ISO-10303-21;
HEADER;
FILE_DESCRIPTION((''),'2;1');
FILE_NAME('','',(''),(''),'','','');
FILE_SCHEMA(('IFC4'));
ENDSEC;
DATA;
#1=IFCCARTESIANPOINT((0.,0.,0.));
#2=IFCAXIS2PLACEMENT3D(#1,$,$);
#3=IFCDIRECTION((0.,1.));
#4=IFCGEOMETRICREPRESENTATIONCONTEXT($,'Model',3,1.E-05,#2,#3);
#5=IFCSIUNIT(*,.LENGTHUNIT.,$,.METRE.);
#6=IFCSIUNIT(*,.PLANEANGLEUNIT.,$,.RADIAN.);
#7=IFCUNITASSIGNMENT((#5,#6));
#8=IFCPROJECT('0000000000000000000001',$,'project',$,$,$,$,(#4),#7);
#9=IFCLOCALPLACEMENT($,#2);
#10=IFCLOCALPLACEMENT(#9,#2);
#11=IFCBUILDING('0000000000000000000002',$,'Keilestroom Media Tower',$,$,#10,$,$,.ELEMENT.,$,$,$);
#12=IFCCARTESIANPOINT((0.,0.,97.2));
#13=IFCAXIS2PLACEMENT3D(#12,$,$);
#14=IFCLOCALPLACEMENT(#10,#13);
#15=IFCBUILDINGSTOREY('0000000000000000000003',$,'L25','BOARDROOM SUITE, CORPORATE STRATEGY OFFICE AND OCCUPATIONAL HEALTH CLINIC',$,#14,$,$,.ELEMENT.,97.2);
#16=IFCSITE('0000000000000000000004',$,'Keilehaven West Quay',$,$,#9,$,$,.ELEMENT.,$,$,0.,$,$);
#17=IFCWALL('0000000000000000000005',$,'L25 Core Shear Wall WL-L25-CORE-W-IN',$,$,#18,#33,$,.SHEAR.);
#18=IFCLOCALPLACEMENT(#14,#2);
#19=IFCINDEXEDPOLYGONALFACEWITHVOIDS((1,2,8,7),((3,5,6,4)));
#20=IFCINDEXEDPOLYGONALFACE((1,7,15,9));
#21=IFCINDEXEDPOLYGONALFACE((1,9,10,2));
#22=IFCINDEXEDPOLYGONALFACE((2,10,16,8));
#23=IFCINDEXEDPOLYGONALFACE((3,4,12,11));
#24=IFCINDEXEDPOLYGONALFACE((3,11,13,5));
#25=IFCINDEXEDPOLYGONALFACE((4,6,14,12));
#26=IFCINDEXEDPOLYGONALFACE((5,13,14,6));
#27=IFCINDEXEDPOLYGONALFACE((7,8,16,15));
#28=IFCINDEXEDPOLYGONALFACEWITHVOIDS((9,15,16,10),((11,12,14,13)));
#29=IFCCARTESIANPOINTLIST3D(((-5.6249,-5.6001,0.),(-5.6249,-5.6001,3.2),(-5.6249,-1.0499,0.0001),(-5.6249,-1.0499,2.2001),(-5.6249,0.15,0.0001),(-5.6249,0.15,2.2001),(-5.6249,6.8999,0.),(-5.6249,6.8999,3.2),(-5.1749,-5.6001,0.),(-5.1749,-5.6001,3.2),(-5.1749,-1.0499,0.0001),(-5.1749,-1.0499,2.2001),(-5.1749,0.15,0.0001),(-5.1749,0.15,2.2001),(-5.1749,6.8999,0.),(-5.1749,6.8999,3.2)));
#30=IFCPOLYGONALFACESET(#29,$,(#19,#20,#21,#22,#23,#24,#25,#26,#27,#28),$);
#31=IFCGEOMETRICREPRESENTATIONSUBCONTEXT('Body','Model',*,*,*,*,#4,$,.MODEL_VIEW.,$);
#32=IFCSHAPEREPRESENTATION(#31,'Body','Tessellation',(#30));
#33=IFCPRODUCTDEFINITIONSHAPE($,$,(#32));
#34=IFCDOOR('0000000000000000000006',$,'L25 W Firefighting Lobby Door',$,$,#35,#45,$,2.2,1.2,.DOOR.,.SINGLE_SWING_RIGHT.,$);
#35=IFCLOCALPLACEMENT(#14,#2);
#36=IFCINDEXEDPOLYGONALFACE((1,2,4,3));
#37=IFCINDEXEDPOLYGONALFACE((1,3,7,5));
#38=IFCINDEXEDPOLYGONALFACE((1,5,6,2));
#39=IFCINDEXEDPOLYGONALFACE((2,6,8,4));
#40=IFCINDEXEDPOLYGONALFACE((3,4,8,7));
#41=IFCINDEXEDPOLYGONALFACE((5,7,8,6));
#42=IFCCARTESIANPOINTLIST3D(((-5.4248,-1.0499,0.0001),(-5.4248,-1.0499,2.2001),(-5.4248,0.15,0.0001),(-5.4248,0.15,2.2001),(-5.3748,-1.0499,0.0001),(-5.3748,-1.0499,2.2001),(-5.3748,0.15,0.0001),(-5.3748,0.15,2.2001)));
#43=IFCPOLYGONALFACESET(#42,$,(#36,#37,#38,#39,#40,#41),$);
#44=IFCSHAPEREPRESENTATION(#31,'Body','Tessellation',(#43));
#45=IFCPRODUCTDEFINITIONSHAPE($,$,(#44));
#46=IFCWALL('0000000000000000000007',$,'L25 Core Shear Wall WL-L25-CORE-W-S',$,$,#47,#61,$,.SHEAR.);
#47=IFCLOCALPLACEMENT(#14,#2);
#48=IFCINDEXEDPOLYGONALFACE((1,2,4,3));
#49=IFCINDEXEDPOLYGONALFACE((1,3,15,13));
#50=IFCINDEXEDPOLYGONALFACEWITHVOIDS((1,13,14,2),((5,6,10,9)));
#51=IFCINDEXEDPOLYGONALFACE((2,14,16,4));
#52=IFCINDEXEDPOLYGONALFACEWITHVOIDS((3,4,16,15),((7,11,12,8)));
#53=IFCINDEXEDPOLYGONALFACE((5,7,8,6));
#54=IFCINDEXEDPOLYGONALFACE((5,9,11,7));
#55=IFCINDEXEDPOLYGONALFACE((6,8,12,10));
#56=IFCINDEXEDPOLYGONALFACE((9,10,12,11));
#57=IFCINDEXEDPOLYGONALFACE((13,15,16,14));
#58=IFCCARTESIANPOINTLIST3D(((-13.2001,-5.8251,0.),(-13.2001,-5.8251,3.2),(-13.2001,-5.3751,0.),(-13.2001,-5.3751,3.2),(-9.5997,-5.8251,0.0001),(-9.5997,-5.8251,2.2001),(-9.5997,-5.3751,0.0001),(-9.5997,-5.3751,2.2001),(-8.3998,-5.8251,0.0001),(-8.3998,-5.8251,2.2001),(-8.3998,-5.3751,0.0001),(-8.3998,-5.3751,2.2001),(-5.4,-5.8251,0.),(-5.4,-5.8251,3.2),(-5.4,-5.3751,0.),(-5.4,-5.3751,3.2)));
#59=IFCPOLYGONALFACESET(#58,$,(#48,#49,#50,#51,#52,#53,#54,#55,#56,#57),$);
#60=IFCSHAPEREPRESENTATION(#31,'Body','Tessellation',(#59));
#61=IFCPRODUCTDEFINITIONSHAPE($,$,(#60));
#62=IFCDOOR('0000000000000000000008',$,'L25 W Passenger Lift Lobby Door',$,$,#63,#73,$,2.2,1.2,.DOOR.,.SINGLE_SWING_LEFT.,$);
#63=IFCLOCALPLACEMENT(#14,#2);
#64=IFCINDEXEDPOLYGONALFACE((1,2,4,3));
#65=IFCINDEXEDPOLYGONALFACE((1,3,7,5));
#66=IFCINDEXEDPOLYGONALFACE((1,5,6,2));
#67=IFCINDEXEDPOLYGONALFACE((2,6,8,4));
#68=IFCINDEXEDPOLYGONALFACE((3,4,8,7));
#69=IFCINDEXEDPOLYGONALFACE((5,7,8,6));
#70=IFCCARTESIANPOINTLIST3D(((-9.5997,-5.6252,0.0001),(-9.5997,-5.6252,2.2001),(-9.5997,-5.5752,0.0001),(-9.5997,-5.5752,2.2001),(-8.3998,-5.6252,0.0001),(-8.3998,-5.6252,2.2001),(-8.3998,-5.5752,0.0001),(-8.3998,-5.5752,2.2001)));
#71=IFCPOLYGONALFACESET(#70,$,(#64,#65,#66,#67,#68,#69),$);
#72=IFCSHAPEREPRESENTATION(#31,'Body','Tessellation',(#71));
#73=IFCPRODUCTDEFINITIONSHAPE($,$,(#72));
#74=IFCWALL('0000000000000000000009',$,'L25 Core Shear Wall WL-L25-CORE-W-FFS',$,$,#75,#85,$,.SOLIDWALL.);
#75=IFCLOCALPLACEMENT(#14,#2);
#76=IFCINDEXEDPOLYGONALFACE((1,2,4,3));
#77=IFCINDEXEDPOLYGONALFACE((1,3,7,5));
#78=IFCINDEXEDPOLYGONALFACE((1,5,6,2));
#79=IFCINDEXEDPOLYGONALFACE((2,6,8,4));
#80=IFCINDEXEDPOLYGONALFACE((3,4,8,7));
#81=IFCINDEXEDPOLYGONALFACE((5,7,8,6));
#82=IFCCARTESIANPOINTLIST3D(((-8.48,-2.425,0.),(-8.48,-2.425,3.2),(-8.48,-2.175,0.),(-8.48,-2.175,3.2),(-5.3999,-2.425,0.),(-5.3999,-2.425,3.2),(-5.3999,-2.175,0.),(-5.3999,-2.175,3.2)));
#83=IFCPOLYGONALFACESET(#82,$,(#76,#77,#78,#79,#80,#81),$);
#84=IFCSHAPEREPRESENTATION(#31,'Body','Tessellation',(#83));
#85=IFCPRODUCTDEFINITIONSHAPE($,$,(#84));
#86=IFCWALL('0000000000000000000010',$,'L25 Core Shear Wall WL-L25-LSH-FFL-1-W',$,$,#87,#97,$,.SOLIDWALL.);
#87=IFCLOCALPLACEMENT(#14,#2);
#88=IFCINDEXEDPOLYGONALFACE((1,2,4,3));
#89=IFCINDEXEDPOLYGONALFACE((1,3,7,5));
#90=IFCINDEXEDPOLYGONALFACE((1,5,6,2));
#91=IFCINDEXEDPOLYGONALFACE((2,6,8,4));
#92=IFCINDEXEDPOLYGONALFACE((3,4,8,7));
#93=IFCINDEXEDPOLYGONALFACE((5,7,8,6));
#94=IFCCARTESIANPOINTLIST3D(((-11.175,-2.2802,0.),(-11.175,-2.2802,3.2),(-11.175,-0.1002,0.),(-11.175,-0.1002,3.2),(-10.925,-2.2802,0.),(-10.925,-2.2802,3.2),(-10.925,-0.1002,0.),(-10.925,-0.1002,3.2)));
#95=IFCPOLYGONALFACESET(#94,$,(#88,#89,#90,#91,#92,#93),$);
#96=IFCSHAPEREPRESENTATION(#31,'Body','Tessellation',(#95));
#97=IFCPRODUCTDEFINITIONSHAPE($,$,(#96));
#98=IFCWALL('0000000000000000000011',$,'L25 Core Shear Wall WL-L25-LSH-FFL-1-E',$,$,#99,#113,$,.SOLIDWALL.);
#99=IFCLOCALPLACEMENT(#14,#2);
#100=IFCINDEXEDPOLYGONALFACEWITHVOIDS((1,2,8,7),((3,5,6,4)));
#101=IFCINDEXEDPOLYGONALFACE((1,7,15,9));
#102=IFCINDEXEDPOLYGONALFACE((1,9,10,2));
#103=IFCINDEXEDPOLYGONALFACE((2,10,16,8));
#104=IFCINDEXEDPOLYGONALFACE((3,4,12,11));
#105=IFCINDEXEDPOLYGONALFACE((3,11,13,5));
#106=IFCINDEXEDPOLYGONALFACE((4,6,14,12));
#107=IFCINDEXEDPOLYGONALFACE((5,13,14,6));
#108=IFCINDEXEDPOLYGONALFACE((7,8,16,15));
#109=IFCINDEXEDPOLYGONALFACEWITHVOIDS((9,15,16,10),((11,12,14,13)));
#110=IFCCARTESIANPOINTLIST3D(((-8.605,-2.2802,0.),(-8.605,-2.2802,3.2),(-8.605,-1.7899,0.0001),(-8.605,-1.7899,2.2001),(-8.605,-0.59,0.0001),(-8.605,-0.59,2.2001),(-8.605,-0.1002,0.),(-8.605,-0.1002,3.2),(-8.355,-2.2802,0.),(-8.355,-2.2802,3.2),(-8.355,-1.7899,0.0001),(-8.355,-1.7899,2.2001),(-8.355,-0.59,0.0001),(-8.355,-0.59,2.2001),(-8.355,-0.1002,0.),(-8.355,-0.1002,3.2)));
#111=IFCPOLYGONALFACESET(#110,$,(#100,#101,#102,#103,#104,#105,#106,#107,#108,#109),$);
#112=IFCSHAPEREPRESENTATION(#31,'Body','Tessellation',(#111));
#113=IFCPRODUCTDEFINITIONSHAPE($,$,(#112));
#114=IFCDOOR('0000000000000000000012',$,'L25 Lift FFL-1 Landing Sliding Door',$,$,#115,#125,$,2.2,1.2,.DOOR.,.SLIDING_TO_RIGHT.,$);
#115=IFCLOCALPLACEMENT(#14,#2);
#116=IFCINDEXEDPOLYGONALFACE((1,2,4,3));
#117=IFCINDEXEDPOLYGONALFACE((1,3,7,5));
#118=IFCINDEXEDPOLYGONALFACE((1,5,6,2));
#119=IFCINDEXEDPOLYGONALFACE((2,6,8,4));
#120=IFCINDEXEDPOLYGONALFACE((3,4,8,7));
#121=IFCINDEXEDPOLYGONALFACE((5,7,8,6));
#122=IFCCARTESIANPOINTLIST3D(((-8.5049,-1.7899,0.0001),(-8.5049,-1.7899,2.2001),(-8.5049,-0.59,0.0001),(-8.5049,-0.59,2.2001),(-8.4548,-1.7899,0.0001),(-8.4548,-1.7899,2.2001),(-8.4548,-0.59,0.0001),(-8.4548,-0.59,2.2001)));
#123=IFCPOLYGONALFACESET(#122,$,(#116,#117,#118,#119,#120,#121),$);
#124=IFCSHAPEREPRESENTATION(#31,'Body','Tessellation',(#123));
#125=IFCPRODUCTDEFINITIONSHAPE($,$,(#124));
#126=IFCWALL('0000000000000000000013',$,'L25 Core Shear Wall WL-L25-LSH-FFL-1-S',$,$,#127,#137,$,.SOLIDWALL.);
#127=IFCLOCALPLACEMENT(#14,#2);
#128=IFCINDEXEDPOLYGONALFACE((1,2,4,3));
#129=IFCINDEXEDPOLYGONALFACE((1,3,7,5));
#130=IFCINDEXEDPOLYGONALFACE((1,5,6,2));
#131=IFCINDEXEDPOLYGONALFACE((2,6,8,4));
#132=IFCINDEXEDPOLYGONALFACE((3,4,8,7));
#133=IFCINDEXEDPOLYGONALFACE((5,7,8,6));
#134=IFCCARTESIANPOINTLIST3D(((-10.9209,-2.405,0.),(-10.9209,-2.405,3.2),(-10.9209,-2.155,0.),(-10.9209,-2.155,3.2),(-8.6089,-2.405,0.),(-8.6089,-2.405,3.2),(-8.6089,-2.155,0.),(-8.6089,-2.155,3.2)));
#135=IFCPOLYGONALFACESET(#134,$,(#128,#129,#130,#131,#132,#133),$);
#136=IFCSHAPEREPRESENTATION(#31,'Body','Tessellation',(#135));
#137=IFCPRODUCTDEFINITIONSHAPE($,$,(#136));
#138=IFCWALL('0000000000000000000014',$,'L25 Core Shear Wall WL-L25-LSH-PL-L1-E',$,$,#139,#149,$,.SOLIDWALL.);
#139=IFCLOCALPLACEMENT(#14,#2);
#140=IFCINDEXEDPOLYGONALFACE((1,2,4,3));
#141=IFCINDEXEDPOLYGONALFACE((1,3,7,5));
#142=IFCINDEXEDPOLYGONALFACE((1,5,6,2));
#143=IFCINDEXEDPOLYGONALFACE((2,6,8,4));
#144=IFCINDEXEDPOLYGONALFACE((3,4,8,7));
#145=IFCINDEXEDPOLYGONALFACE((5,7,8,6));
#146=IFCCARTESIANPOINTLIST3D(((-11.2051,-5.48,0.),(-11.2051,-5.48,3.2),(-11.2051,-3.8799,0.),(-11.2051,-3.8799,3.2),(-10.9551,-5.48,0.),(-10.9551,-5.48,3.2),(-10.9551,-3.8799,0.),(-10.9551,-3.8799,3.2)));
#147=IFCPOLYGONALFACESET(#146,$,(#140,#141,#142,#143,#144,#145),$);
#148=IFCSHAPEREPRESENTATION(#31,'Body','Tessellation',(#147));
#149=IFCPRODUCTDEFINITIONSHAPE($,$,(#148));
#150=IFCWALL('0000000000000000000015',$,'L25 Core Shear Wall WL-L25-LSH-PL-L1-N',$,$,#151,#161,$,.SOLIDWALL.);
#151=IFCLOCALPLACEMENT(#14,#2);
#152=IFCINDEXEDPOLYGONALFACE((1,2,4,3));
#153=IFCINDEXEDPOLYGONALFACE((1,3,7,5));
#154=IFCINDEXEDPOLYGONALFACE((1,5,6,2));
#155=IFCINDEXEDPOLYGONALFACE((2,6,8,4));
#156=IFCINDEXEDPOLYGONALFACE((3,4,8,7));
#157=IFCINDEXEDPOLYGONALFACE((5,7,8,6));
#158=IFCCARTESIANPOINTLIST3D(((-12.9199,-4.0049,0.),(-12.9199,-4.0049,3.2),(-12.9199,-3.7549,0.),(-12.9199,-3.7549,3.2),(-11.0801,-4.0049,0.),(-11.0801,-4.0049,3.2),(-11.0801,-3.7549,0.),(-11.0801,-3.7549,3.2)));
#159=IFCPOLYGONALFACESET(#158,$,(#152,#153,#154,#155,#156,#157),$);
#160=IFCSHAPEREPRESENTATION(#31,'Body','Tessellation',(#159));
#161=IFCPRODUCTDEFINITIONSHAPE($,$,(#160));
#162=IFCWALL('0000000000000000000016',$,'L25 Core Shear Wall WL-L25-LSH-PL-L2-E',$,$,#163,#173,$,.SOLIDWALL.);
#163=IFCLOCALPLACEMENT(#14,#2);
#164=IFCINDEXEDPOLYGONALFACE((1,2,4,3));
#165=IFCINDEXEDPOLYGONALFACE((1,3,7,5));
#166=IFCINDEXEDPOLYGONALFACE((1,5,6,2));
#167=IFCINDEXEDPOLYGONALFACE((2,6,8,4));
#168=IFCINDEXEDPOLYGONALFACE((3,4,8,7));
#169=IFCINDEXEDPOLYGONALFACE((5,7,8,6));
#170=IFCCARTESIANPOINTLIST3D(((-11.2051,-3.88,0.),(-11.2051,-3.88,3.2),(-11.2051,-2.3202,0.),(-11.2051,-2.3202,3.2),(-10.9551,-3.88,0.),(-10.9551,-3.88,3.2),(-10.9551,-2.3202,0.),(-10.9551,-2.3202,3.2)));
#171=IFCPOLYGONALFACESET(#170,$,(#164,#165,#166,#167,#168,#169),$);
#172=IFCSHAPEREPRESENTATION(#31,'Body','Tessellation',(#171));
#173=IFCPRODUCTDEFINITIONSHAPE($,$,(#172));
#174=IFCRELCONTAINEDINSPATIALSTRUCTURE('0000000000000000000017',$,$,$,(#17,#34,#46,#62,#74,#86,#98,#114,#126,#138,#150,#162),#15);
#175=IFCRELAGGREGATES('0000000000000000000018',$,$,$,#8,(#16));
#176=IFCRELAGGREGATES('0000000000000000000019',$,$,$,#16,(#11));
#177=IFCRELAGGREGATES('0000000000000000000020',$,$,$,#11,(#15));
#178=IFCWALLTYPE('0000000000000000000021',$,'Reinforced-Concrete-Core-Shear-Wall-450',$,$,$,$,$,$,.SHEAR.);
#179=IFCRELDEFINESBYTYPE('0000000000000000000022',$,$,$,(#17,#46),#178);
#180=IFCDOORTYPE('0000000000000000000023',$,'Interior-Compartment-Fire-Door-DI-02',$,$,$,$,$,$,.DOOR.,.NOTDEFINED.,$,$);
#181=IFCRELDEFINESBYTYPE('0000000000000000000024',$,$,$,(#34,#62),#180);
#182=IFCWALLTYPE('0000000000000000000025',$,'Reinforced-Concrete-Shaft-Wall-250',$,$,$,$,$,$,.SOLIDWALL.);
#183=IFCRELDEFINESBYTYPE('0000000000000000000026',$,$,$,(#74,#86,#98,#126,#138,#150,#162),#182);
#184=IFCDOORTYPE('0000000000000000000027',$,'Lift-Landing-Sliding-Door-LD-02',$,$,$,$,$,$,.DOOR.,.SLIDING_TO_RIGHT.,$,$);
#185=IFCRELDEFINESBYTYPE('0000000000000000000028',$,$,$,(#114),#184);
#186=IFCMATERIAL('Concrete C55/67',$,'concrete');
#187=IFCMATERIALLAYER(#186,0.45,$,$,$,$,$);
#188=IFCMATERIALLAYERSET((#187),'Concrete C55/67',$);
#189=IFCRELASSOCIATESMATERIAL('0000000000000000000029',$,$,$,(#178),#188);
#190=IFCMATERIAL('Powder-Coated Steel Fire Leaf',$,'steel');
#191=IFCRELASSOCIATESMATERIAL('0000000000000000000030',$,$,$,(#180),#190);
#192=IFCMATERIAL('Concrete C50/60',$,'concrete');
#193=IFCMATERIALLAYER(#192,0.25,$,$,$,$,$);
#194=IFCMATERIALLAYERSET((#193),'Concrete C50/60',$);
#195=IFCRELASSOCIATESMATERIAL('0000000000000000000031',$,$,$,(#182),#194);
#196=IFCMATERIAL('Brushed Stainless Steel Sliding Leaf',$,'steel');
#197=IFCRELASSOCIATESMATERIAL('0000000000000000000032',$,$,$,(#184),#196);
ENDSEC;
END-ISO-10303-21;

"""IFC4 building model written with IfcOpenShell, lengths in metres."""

from ifc_helpers import new_model, si_unit, direction, frame, frame_2d, origin, place, context, subcontext, project, spatial, rectangle, extrude, source, transform, mapped, material, layer, layer_set, type_object, element, fill, save


model = new_model("IFC4")

# Units and contexts
model_context = context("Model", 3, precision=1e-05, world=origin(), true_north=direction((0.0, 1.0)))
body_context = subcontext(model_context, "Body", "Model", "MODEL_VIEW")
ifc_project = project(units=[si_unit("LENGTHUNIT", "METRE"), si_unit("PLANEANGLEUNIT", "RADIAN")], contexts=[model_context])

# Site, building, storey
site_placement = place(None, origin())
site = spatial("IfcSite", under=ifc_project, at=site_placement, Name="Keilehaven West Quay", CompositionType="ELEMENT", RefElevation=0.0)
building_placement = place(site_placement, origin())
building = spatial("IfcBuilding", under=site, at=building_placement, Name="Keilestroom Media Tower", CompositionType="ELEMENT")
storey_placement = place(building_placement, frame((0.0, 0.0, 97.2)))
storey = spatial("IfcBuildingStorey", under=building, at=storey_placement, Name="L25", Description="BOARDROOM SUITE, CORPORATE STRATEGY OFFICE AND OCCUPATIONAL HEALTH CLINIC", CompositionType="ELEMENT", Elevation=97.2)

# Shared definitions
ifc_material_1 = material(Name="Concrete C55/67", Category="concrete")
ifc_layer_1 = layer(ifc_material_1, 0.45)
ifc_layer_set_1 = layer_set([ifc_layer_1], Name="Concrete C55/67")
wall_type_1 = type_object("IfcWallType", Name="Reinforced-Concrete-Core-Shear-Wall-450", PredefinedType="SHEAR", material=ifc_layer_set_1)

# Walls, openings, doors
wall_1_placement = place(storey_placement, frame((-5.3999, -5.6001, 0.0), z_axis=(0.0, 0.0, 1.0), x_axis=(0.0, 1.0, 0.0)))
wall_1 = element("IfcWall", 1, at=wall_1_placement, inside=storey, type_object=wall_type_1, Name="L25 Core Shear Wall WL-L25-CORE-W-IN", PredefinedType="SHEAR", context=body_context, shape_type="SweptSolid", body=[
    extrude(rectangle(XDim=12.5, YDim=0.45, at=frame_2d((6.25, 0.0))), origin(), (0.0, 0.0, 1.0), 3.2),
])
opening_1_placement = place(wall_1_placement, frame((4.55, 0.0, 0.0)))
opening_1 = element("IfcOpeningElement", 2, at=opening_1_placement, cuts=wall_1, PredefinedType="OPENING", context=body_context, shape_type="SweptSolid", body=[
    extrude(rectangle(XDim=1.2, YDim=2.2, at=frame_2d((0.6001, 1.1001))), frame((0.0, 0.2349, 0.0), z_axis=(0.0, -1.0, 0.0), x_axis=(1.0, 0.0, 0.0)), (0.0, 0.0, 1.0), 0.47),
])
ifc_material_2 = material(Name="Powder-Coated Steel Fire Leaf", Category="steel")
door_type_1 = type_object("IfcDoorType", Name="Interior-Compartment-Fire-Door-DI-02", OperationType="NOTDEFINED", PredefinedType="DOOR", material=ifc_material_2)
shared_shape_1 = source(origin(), body_context, "Body", "SweptSolid", [
    extrude(rectangle(XDim=1.2, YDim=2.2, at=frame_2d((0.6001, 1.1001))), frame((0.0, 0.0249, 0.0), z_axis=(0.0, -1.0, 0.0), x_axis=(1.0, 0.0, 0.0)), (0.0, 0.0, 1.0), 0.05),
])
door_1_placement = place(opening_1_placement, origin())
door_1 = element("IfcDoor", 3, at=door_1_placement, inside=storey, type_object=door_type_1, Name="L25 W Firefighting Lobby Door", OperationType="SINGLE_SWING_RIGHT", OverallHeight=2.2, OverallWidth=1.2, PredefinedType="DOOR", context=body_context, shape_type="MappedRepresentation", body=[
    mapped(shared_shape_1, transform((0.0, 0.0, 0.0), x_axis=(1.0, 0.0, 0.0), y_axis=(0.0, 1.0, 0.0), z_axis=(0.0, 0.0, 1.0), scale=1.0)),
])
fill(opening_1, door_1)
wall_2_placement = place(storey_placement, frame((-13.2, -5.6001, 0.0), z_axis=(0.0, 0.0, 1.0), x_axis=(1.0, 0.0, 0.0)))
wall_2 = element("IfcWall", 4, at=wall_2_placement, inside=storey, type_object=wall_type_1, Name="L25 Core Shear Wall WL-L25-CORE-W-S", PredefinedType="SHEAR", context=body_context, shape_type="SweptSolid", body=[
    extrude(rectangle(XDim=7.8, YDim=0.45, at=frame_2d((3.8999, 0.0))), origin(), (0.0, 0.0, 1.0), 3.2),
])
opening_2_placement = place(wall_2_placement, frame((3.6001, 0.0, 0.0)))
opening_2 = element("IfcOpeningElement", 5, at=opening_2_placement, cuts=wall_2, PredefinedType="OPENING", context=body_context, shape_type="SweptSolid", body=[
    extrude(rectangle(XDim=1.2, YDim=2.2, at=frame_2d((0.6001, 1.1001))), frame((0.0, 0.2349, 0.0), z_axis=(0.0, -1.0, 0.0), x_axis=(1.0, 0.0, 0.0)), (0.0, 0.0, 1.0), 0.47),
])
door_2_placement = place(opening_2_placement, origin())
door_2 = element("IfcDoor", 6, at=door_2_placement, inside=storey, type_object=door_type_1, Name="L25 W Passenger Lift Lobby Door", OperationType="SINGLE_SWING_LEFT", OverallHeight=2.2, OverallWidth=1.2, PredefinedType="DOOR", context=body_context, shape_type="MappedRepresentation", body=[
    mapped(shared_shape_1, transform((0.0, 0.0, 0.0), x_axis=(1.0, 0.0, 0.0), y_axis=(0.0, 1.0, 0.0), z_axis=(0.0, 0.0, 1.0), scale=1.0)),
])
fill(opening_2, door_2)

# Walls
ifc_material_3 = material(Name="Concrete C50/60", Category="concrete")
ifc_layer_2 = layer(ifc_material_3, 0.25)
ifc_layer_set_2 = layer_set([ifc_layer_2], Name="Concrete C50/60")
wall_type_2 = type_object("IfcWallType", Name="Reinforced-Concrete-Shaft-Wall-250", PredefinedType="SOLIDWALL", material=ifc_layer_set_2)
wall_3_placement = place(storey_placement, frame((-8.48, -2.3, 0.0), z_axis=(0.0, 0.0, 1.0), x_axis=(1.0, 0.0, 0.0)))
element("IfcWall", 7, at=wall_3_placement, inside=storey, type_object=wall_type_2, Name="L25 Core Shear Wall WL-L25-CORE-W-FFS", PredefinedType="SOLIDWALL", context=body_context, shape_type="SweptSolid", body=[
    extrude(rectangle(XDim=3.0801, YDim=0.25, at=frame_2d((1.54, 0.0))), origin(), (0.0, 0.0, 1.0), 3.2),
])
wall_4_placement = place(storey_placement, frame((-11.05, -2.28, 0.0), z_axis=(0.0, 0.0, 1.0), x_axis=(0.0, 1.0, 0.0)))
element("IfcWall", 8, at=wall_4_placement, inside=storey, type_object=wall_type_2, Name="L25 Core Shear Wall WL-L25-LSH-FFL-1-W", PredefinedType="SOLIDWALL", context=body_context, shape_type="SweptSolid", body=[
    extrude(rectangle(XDim=2.1799, YDim=0.25, at=frame_2d((1.0898, 0.0))), origin(), (0.0, 0.0, 1.0), 3.2),
])

# Wall, opening, door
wall_5_placement = place(storey_placement, frame((-8.48, -2.28, 0.0), z_axis=(0.0, 0.0, 1.0), x_axis=(0.0, 1.0, 0.0)))
wall_5 = element("IfcWall", 9, at=wall_5_placement, inside=storey, type_object=wall_type_2, Name="L25 Core Shear Wall WL-L25-LSH-FFL-1-E", PredefinedType="SOLIDWALL", context=body_context, shape_type="SweptSolid", body=[
    extrude(rectangle(XDim=2.1799, YDim=0.25, at=frame_2d((1.0898, 0.0))), origin(), (0.0, 0.0, 1.0), 3.2),
])
opening_3_placement = place(wall_5_placement, frame((0.49, 0.0, 0.0)))
opening_3 = element("IfcOpeningElement", 10, at=opening_3_placement, cuts=wall_5, PredefinedType="OPENING", context=body_context, shape_type="SweptSolid", body=[
    extrude(rectangle(XDim=1.2, YDim=2.2, at=frame_2d((0.6001, 1.1001))), frame((0.0, 0.135, 0.0), z_axis=(0.0, -1.0, 0.0), x_axis=(1.0, 0.0, 0.0)), (0.0, 0.0, 1.0), 0.27),
])
ifc_material_4 = material(Name="Brushed Stainless Steel Sliding Leaf", Category="steel")
door_type_2 = type_object("IfcDoorType", Name="Lift-Landing-Sliding-Door-LD-02", OperationType="SLIDING_TO_RIGHT", PredefinedType="DOOR", material=ifc_material_4)
door_3_placement = place(opening_3_placement, origin())
door_3 = element("IfcDoor", 11, at=door_3_placement, inside=storey, type_object=door_type_2, Name="L25 Lift FFL-1 Landing Sliding Door", OperationType="SLIDING_TO_RIGHT", OverallHeight=2.2, OverallWidth=1.2, PredefinedType="DOOR", context=body_context, shape_type="MappedRepresentation", body=[
    mapped(shared_shape_1, transform((0.0, 0.0, 0.0), x_axis=(1.0, 0.0, 0.0), y_axis=(0.0, 1.0, 0.0), z_axis=(0.0, 0.0, 1.0), scale=1.0)),
])
fill(opening_3, door_3)

# Walls
wall_6_placement = place(storey_placement, frame((-10.9209, -2.28, 0.0), z_axis=(0.0, 0.0, 1.0), x_axis=(1.0, 0.0, 0.0)))
element("IfcWall", 12, at=wall_6_placement, inside=storey, type_object=wall_type_2, Name="L25 Core Shear Wall WL-L25-LSH-FFL-1-S", PredefinedType="SOLIDWALL", context=body_context, shape_type="SweptSolid", body=[
    extrude(rectangle(XDim=2.312, YDim=0.25, at=frame_2d((1.156, 0.0))), origin(), (0.0, 0.0, 1.0), 3.2),
])
wall_7_placement = place(storey_placement, frame((-11.0801, -5.48, 0.0), z_axis=(0.0, 0.0, 1.0), x_axis=(0.0, 1.0, 0.0)))
element("IfcWall", 13, at=wall_7_placement, inside=storey, type_object=wall_type_2, Name="L25 Core Shear Wall WL-L25-LSH-PL-L1-E", PredefinedType="SOLIDWALL", context=body_context, shape_type="SweptSolid", body=[
    extrude(rectangle(XDim=1.6001, YDim=0.25, at=frame_2d((0.8, 0.0))), origin(), (0.0, 0.0, 1.0), 3.2),
])
wall_8_placement = place(storey_placement, frame((-12.9199, -3.8799, 0.0), z_axis=(0.0, 0.0, 1.0), x_axis=(1.0, 0.0, 0.0)))
element("IfcWall", 14, at=wall_8_placement, inside=storey, type_object=wall_type_2, Name="L25 Core Shear Wall WL-L25-LSH-PL-L1-N", PredefinedType="SOLIDWALL", context=body_context, shape_type="SweptSolid", body=[
    extrude(rectangle(XDim=1.8398, YDim=0.25, at=frame_2d((0.9199, 0.0))), origin(), (0.0, 0.0, 1.0), 3.2),
])
wall_9_placement = place(storey_placement, frame((-11.0801, -3.8799, 0.0), z_axis=(0.0, 0.0, 1.0), x_axis=(0.0, 1.0, 0.0)))
element("IfcWall", 15, at=wall_9_placement, inside=storey, type_object=wall_type_2, Name="L25 Core Shear Wall WL-L25-LSH-PL-L2-E", PredefinedType="SOLIDWALL", context=body_context, shape_type="SweptSolid", body=[
    extrude(rectangle(XDim=1.5598, YDim=0.25, at=frame_2d((0.7798, 0.0))), origin(), (0.0, 0.0, 1.0), 3.2),
])

save(model, "model.ifc")
